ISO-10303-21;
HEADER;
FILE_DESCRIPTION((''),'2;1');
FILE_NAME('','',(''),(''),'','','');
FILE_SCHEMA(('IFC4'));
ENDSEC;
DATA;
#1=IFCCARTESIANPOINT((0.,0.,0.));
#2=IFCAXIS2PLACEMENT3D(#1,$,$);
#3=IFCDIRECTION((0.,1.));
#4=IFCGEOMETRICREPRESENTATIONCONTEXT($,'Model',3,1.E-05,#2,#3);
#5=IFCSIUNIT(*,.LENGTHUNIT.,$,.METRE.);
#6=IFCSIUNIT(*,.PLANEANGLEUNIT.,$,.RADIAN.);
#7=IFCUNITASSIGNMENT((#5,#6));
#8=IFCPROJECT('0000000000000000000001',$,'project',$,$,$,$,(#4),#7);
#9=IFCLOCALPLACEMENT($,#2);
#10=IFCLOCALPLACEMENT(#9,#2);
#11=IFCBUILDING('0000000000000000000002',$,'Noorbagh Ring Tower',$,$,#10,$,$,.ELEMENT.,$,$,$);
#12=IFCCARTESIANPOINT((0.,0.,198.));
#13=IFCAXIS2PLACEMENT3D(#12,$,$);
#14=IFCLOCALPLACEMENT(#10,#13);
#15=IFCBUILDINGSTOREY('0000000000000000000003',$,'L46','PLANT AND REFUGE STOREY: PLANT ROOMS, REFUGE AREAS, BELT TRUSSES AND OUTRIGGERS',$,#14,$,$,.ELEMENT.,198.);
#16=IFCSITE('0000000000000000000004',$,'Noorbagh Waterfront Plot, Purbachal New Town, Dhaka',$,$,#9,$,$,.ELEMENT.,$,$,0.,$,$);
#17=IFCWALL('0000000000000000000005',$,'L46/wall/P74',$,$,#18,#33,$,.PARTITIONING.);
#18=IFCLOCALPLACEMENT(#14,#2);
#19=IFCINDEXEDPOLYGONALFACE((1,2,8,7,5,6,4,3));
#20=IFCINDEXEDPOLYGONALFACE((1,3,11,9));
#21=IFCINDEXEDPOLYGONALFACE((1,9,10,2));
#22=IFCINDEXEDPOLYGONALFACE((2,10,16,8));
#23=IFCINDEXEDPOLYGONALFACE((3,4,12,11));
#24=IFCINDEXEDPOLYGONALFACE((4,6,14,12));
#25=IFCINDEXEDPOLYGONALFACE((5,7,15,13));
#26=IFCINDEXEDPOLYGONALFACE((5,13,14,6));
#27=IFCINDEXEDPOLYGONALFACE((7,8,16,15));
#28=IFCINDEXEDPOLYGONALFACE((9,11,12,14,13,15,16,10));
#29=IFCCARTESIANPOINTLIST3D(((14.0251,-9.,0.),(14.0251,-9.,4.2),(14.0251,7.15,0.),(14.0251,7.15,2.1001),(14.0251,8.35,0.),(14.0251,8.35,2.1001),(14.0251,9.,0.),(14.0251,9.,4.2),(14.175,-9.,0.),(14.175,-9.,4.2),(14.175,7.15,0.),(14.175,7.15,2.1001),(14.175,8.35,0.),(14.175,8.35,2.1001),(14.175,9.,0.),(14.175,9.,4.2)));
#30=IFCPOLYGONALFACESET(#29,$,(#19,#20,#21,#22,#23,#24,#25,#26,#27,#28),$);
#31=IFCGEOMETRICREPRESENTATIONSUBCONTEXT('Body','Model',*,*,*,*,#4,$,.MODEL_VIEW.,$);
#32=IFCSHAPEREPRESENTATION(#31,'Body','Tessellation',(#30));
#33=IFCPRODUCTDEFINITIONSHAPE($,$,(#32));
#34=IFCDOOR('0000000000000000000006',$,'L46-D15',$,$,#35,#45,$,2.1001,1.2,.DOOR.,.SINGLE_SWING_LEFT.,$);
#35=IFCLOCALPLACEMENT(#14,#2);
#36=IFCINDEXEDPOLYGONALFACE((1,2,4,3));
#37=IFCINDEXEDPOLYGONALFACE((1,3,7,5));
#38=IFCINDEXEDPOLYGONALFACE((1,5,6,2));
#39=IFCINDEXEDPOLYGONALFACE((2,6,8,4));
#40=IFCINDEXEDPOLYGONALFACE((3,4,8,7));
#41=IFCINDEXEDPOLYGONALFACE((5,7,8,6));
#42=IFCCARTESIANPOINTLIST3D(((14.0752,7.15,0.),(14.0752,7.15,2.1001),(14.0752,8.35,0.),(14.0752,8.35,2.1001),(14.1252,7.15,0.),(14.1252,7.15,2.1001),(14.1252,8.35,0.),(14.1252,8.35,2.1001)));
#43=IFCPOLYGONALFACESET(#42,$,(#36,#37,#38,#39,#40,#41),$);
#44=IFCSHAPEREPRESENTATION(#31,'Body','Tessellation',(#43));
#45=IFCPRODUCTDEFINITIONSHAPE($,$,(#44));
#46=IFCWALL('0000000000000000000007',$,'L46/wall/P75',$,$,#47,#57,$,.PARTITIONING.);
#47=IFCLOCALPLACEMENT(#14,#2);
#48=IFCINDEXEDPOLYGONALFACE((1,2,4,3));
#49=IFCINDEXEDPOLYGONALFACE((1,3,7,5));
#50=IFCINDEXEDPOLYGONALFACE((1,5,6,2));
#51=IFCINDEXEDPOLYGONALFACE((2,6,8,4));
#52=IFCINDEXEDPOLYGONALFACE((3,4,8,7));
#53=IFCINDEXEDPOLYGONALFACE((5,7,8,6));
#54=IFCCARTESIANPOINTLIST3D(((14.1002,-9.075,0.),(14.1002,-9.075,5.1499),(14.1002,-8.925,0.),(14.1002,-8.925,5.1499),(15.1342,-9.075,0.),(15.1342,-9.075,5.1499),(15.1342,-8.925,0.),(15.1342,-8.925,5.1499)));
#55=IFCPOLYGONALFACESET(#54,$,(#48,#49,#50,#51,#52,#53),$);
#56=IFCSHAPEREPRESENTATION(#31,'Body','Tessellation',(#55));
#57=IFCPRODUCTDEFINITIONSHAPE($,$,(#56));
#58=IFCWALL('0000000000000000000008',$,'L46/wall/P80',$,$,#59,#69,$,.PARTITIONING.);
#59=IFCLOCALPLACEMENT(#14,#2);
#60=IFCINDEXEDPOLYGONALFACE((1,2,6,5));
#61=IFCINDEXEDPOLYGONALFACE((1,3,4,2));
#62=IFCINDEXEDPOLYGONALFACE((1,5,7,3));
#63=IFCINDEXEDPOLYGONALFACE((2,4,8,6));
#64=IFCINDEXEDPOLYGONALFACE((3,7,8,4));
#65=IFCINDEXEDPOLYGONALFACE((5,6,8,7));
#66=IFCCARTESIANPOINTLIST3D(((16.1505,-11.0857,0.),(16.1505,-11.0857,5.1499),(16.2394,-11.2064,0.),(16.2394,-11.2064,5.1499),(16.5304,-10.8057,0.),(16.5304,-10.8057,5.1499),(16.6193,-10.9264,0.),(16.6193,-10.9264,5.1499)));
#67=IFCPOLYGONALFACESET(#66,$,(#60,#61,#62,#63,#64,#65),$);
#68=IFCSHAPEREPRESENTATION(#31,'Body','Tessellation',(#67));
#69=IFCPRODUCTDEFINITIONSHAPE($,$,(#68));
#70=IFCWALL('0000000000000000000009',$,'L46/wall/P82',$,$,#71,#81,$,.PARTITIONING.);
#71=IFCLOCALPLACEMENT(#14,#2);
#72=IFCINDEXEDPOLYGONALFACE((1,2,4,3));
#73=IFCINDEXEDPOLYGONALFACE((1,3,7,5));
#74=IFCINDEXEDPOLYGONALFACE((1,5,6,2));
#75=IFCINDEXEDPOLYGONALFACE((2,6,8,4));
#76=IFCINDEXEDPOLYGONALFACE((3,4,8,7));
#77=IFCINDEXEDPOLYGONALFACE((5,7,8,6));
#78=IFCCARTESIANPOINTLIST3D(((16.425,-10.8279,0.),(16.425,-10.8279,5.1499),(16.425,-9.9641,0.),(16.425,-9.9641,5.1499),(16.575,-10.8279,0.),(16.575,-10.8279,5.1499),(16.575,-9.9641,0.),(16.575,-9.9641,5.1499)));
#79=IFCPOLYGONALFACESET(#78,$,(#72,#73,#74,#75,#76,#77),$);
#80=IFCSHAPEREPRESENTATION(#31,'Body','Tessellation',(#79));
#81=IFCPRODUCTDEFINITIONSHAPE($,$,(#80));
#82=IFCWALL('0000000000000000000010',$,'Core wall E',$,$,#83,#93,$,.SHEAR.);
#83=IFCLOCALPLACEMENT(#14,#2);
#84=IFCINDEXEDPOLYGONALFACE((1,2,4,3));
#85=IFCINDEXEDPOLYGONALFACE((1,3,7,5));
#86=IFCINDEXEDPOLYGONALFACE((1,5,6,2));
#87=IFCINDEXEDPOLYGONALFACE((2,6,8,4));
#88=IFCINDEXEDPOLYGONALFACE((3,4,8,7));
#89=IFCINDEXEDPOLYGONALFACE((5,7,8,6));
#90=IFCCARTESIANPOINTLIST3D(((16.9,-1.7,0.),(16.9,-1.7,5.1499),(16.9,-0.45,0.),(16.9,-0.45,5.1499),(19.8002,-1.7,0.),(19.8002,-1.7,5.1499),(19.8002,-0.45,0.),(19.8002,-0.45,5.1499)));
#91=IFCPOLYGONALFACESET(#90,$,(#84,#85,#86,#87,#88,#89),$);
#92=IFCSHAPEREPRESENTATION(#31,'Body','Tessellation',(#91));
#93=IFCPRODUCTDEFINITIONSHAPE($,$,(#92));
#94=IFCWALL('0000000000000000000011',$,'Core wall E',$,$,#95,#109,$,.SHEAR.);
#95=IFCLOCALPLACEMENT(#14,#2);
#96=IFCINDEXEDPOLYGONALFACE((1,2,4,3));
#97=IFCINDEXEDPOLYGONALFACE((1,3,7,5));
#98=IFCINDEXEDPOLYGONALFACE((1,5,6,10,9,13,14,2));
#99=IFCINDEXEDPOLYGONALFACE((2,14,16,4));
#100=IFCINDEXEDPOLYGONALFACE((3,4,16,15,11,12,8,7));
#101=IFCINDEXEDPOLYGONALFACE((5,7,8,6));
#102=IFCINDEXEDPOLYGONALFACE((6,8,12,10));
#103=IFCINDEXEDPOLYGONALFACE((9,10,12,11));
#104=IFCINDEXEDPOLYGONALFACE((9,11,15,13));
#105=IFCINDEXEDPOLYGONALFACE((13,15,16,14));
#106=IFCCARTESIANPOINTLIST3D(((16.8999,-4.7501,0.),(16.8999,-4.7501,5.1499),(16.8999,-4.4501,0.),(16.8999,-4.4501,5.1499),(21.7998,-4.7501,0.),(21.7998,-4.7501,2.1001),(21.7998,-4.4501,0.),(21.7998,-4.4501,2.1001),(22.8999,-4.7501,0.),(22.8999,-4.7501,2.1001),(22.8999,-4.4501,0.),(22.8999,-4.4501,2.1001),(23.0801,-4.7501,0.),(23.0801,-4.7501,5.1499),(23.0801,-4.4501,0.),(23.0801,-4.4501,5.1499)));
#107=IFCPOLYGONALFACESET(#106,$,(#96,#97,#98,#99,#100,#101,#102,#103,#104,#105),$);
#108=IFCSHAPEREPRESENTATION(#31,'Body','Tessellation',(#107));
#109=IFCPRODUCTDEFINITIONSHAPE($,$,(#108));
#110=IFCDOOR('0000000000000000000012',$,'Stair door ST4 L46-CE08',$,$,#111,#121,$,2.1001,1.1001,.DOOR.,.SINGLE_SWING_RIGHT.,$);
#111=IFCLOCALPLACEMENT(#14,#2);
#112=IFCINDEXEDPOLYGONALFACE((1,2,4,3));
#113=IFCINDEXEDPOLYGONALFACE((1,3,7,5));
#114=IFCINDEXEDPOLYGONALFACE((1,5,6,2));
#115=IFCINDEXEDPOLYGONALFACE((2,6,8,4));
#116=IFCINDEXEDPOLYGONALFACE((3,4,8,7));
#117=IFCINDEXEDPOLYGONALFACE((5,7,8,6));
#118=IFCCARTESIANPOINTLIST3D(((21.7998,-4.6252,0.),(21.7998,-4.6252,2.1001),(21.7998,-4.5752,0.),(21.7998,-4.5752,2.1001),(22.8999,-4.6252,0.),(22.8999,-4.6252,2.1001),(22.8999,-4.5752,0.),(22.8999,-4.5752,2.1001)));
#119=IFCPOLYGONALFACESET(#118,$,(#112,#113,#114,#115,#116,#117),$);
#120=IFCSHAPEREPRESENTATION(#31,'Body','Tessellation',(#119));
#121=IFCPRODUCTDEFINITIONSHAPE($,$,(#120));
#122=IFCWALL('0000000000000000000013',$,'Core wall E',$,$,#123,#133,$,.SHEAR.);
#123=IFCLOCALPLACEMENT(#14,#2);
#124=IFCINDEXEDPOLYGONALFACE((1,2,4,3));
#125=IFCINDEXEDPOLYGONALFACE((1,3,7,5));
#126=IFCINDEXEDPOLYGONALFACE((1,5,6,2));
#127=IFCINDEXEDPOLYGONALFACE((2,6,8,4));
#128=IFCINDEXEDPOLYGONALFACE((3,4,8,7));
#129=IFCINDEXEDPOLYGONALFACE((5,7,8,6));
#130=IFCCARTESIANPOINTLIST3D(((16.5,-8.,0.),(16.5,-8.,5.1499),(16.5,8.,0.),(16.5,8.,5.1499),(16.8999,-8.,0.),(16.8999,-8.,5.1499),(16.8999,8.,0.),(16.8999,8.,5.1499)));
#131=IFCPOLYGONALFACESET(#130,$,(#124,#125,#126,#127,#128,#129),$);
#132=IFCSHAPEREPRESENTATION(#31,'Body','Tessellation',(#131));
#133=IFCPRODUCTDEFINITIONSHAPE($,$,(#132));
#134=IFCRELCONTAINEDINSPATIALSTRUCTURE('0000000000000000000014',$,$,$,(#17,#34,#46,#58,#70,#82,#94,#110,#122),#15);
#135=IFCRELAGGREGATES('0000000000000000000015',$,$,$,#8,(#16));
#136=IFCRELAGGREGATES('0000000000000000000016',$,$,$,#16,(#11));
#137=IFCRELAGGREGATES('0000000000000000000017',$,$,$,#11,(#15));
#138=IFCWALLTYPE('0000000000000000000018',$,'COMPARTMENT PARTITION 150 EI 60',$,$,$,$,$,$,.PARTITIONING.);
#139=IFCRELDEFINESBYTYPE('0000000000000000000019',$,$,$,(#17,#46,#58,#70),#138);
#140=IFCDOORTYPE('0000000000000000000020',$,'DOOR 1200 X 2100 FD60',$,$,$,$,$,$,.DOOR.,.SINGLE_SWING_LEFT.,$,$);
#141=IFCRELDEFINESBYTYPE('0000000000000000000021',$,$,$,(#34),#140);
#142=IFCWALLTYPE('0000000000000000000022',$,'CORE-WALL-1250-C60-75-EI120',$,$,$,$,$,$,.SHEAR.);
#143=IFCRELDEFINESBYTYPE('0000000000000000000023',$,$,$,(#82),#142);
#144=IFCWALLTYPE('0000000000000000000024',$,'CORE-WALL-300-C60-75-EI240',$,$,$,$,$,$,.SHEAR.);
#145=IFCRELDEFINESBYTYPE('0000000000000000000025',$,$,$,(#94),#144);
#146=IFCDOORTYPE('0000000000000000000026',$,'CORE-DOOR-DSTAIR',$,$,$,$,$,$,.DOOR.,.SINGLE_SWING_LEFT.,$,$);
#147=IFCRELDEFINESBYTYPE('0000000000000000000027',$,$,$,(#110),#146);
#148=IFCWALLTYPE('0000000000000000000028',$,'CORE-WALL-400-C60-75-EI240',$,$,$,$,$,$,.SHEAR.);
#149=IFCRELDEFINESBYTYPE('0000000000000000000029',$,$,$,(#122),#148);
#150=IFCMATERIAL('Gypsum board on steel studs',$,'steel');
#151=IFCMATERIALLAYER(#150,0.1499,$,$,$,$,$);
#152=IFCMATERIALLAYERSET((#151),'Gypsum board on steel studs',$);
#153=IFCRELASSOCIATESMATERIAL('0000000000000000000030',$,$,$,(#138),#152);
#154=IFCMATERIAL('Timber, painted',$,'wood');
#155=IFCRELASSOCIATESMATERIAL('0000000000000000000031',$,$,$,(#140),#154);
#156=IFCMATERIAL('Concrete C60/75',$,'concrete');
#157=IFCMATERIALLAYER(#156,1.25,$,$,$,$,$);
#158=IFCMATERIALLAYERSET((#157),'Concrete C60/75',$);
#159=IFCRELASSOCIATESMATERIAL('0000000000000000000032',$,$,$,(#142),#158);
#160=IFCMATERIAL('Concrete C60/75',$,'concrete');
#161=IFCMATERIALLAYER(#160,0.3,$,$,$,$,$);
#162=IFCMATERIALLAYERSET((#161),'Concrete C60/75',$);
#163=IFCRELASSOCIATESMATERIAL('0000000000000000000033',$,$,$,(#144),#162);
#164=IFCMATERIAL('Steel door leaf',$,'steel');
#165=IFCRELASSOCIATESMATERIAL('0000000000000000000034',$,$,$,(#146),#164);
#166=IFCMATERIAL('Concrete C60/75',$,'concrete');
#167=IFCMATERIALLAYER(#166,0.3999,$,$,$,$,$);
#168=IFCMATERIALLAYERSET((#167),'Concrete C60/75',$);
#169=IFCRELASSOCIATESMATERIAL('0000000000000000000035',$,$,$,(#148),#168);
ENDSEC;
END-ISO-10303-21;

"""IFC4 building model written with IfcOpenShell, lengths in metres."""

from ifc_helpers import new_model, si_unit, direction, frame, frame_2d, origin, place, context, subcontext, project, spatial, rectangle, extrude, material, layer, layer_set, type_object, element, fill, save


model = new_model("IFC4")

# Units and contexts
model_context = context("Model", 3, precision=1e-05, world=origin(), true_north=direction((0.0, 1.0)))
body_context = subcontext(model_context, "Body", "Model", "MODEL_VIEW")
ifc_project = project(units=[si_unit("LENGTHUNIT", "METRE"), si_unit("PLANEANGLEUNIT", "RADIAN")], contexts=[model_context])

# Site, building, storey
site_placement = place(None, origin())
site = spatial("IfcSite", under=ifc_project, at=site_placement, Name="Noorbagh Waterfront Plot, Purbachal New Town, Dhaka", CompositionType="ELEMENT", RefElevation=0.0)
building_placement = place(site_placement, origin())
building = spatial("IfcBuilding", under=site, at=building_placement, Name="Noorbagh Ring Tower", CompositionType="ELEMENT")
storey_placement = place(building_placement, frame((0.0, 0.0, 198.0)))
storey = spatial("IfcBuildingStorey", under=building, at=storey_placement, Name="L46", Description="PLANT AND REFUGE STOREY: PLANT ROOMS, REFUGE AREAS, BELT TRUSSES AND OUTRIGGERS", CompositionType="ELEMENT", Elevation=198.0)

# Wall, opening, door
ifc_material_1 = material(Name="Gypsum board on steel studs", Category="steel")
ifc_layer_1 = layer(ifc_material_1, 0.1499)
ifc_layer_set_1 = layer_set([ifc_layer_1], Name="Gypsum board on steel studs")
wall_type_1 = type_object("IfcWallType", Name="COMPARTMENT PARTITION 150 EI 60", PredefinedType="PARTITIONING", material=ifc_layer_set_1)
wall_1_placement = place(storey_placement, frame((14.1001, -9.0, 0.0), z_axis=(0.0, 0.0, 1.0), x_axis=(0.0, 1.0, 0.0)))
wall_1 = element("IfcWall", 1, at=wall_1_placement, inside=storey, type_object=wall_type_1, Name="L46/wall/P74", PredefinedType="PARTITIONING", context=body_context, shape_type="SweptSolid", body=[
    extrude(rectangle(XDim=18.0, YDim=0.1499, at=frame_2d((9.0, 0.0))), origin(), (0.0, 0.0, 1.0), 4.2),
])
opening_1_placement = place(wall_1_placement, frame((16.1499, 0.0, 0.0)))
opening_1 = element("IfcOpeningElement", 2, at=opening_1_placement, cuts=wall_1, PredefinedType="OPENING", context=body_context, shape_type="SweptSolid", body=[
    extrude(rectangle(XDim=1.2, YDim=2.1001, at=frame_2d((0.6001, 1.05))), frame((0.0, 0.085, 0.0), z_axis=(0.0, -1.0, 0.0), x_axis=(1.0, 0.0, 0.0)), (0.0, 0.0, 1.0), 0.1699),
])
ifc_material_2 = material(Name="Timber, painted", Category="wood")
door_type_1 = type_object("IfcDoorType", Name="DOOR 1200 X 2100 FD60", OperationType="SINGLE_SWING_LEFT", PredefinedType="DOOR", material=ifc_material_2)
door_1_placement = place(opening_1_placement, origin())
door_1 = element("IfcDoor", 3, at=door_1_placement, inside=storey, type_object=door_type_1, Name="L46-D15", OperationType="SINGLE_SWING_LEFT", OverallHeight=2.1001, OverallWidth=1.2, PredefinedType="DOOR", context=body_context, shape_type="SweptSolid", body=[
    extrude(rectangle(XDim=1.2, YDim=2.1001, at=frame_2d((0.6001, 1.05))), frame((0.0, 0.0249, 0.0), z_axis=(0.0, -1.0, 0.0), x_axis=(1.0, 0.0, 0.0)), (0.0, 0.0, 1.0), 0.05),
])
fill(opening_1, door_1)

# Walls
wall_2_placement = place(storey_placement, frame((14.1001, -9.0, 0.0), z_axis=(0.0, 0.0, 1.0), x_axis=(1.0, 0.0, 0.0)))
element("IfcWall", 4, at=wall_2_placement, inside=storey, type_object=wall_type_1, Name="L46/wall/P75", PredefinedType="PARTITIONING", context=body_context, shape_type="SweptSolid", body=[
    extrude(rectangle(XDim=1.0339, YDim=0.1499, at=frame_2d((0.5171, 0.0))), origin(), (0.0, 0.0, 1.0), 5.1499),
])
wall_3_placement = place(storey_placement, frame((16.1951, -11.146, 0.0), z_axis=(0.0, 0.0, 1.0), x_axis=(0.804939, 0.593358, 0.0)))
element("IfcWall", 5, at=wall_3_placement, inside=storey, type_object=wall_type_1, Name="L46/wall/P80", PredefinedType="PARTITIONING", context=body_context, shape_type="SweptSolid", body=[
    extrude(rectangle(XDim=0.4719, YDim=0.1499, at=frame_2d((0.2358, 0.0))), origin(), (0.0, 0.0, 1.0), 5.1499),
])
wall_4_placement = place(storey_placement, frame((16.5, -10.8279, 0.0), z_axis=(0.0, 0.0, 1.0), x_axis=(0.0, 1.0, 0.0)))
element("IfcWall", 6, at=wall_4_placement, inside=storey, type_object=wall_type_1, Name="L46/wall/P82", PredefinedType="PARTITIONING", context=body_context, shape_type="SweptSolid", body=[
    extrude(rectangle(XDim=0.8638, YDim=0.1499, at=frame_2d((0.4319, 0.0))), origin(), (0.0, 0.0, 1.0), 5.1499),
])
ifc_material_3 = material(Name="Concrete C60/75", Category="concrete")
ifc_layer_2 = layer(ifc_material_3, 1.25)
ifc_layer_set_2 = layer_set([ifc_layer_2], Name="Concrete C60/75")
wall_type_2 = type_object("IfcWallType", Name="CORE-WALL-1250-C60-75-EI120", PredefinedType="SHEAR", material=ifc_layer_set_2)
wall_5_placement = place(storey_placement, frame((16.8999, -1.075, 0.0), z_axis=(0.0, 0.0, 1.0), x_axis=(1.0, 0.0, 0.0)))
element("IfcWall", 7, at=wall_5_placement, inside=storey, type_object=wall_type_2, Name="Core wall E", PredefinedType="SHEAR", context=body_context, shape_type="SweptSolid", body=[
    extrude(rectangle(XDim=2.9001, YDim=1.25, at=frame_2d((1.4502, 0.0))), origin(), (0.0, 0.0, 1.0), 5.1499),
])

# Wall, opening, door
ifc_material_4 = material(Name="Concrete C60/75", Category="concrete")
ifc_layer_3 = layer(ifc_material_4, 0.3)
ifc_layer_set_3 = layer_set([ifc_layer_3], Name="Concrete C60/75")
wall_type_3 = type_object("IfcWallType", Name="CORE-WALL-300-C60-75-EI240", PredefinedType="SHEAR", material=ifc_layer_set_3)
wall_6_placement = place(storey_placement, frame((16.8999, -4.6001, 0.0), z_axis=(0.0, 0.0, 1.0), x_axis=(1.0, 0.0, 0.0)))
wall_6 = element("IfcWall", 8, at=wall_6_placement, inside=storey, type_object=wall_type_3, Name="Core wall E", PredefinedType="SHEAR", context=body_context, shape_type="SweptSolid", body=[
    extrude(rectangle(XDim=6.1802, YDim=0.3, at=frame_2d((3.0901, 0.0))), origin(), (0.0, 0.0, 1.0), 5.1499),
])
opening_2_placement = place(wall_6_placement, frame((4.8999, 0.0, 0.0)))
opening_2 = element("IfcOpeningElement", 9, at=opening_2_placement, cuts=wall_6, PredefinedType="OPENING", context=body_context, shape_type="SweptSolid", body=[
    extrude(rectangle(XDim=1.1001, YDim=2.1001, at=frame_2d((0.55, 1.05))), frame((0.0, 0.1602, 0.0), z_axis=(0.0, -1.0, 0.0), x_axis=(1.0, 0.0, 0.0)), (0.0, 0.0, 1.0), 0.3201),
])
ifc_material_5 = material(Name="Steel door leaf", Category="steel")
door_type_2 = type_object("IfcDoorType", Name="CORE-DOOR-DSTAIR", OperationType="SINGLE_SWING_LEFT", PredefinedType="DOOR", material=ifc_material_5)
door_2_placement = place(opening_2_placement, origin())
door_2 = element("IfcDoor", 10, at=door_2_placement, inside=storey, type_object=door_type_2, Name="Stair door ST4 L46-CE08", OperationType="SINGLE_SWING_RIGHT", OverallHeight=2.1001, OverallWidth=1.1001, PredefinedType="DOOR", context=body_context, shape_type="SweptSolid", body=[
    extrude(rectangle(XDim=1.1001, YDim=2.1001, at=frame_2d((0.55, 1.05))), frame((0.0, 0.0249, 0.0), z_axis=(0.0, -1.0, 0.0), x_axis=(1.0, 0.0, 0.0)), (0.0, 0.0, 1.0), 0.05),
])
fill(opening_2, door_2)

# Wall
ifc_material_6 = material(Name="Concrete C60/75", Category="concrete")
ifc_layer_4 = layer(ifc_material_6, 0.3999)
ifc_layer_set_4 = layer_set([ifc_layer_4], Name="Concrete C60/75")
wall_type_4 = type_object("IfcWallType", Name="CORE-WALL-400-C60-75-EI240", PredefinedType="SHEAR", material=ifc_layer_set_4)
wall_7_placement = place(storey_placement, frame((16.7, -8.0, 0.0), z_axis=(0.0, 0.0, 1.0), x_axis=(0.0, 1.0, 0.0)))
element("IfcWall", 11, at=wall_7_placement, inside=storey, type_object=wall_type_4, Name="Core wall E", PredefinedType="SHEAR", context=body_context, shape_type="SweptSolid", body=[
    extrude(rectangle(XDim=16.0, YDim=0.3999, at=frame_2d((8.0, 0.0))), origin(), (0.0, 0.0, 1.0), 5.1499),
])

save(model, "model.ifc")
